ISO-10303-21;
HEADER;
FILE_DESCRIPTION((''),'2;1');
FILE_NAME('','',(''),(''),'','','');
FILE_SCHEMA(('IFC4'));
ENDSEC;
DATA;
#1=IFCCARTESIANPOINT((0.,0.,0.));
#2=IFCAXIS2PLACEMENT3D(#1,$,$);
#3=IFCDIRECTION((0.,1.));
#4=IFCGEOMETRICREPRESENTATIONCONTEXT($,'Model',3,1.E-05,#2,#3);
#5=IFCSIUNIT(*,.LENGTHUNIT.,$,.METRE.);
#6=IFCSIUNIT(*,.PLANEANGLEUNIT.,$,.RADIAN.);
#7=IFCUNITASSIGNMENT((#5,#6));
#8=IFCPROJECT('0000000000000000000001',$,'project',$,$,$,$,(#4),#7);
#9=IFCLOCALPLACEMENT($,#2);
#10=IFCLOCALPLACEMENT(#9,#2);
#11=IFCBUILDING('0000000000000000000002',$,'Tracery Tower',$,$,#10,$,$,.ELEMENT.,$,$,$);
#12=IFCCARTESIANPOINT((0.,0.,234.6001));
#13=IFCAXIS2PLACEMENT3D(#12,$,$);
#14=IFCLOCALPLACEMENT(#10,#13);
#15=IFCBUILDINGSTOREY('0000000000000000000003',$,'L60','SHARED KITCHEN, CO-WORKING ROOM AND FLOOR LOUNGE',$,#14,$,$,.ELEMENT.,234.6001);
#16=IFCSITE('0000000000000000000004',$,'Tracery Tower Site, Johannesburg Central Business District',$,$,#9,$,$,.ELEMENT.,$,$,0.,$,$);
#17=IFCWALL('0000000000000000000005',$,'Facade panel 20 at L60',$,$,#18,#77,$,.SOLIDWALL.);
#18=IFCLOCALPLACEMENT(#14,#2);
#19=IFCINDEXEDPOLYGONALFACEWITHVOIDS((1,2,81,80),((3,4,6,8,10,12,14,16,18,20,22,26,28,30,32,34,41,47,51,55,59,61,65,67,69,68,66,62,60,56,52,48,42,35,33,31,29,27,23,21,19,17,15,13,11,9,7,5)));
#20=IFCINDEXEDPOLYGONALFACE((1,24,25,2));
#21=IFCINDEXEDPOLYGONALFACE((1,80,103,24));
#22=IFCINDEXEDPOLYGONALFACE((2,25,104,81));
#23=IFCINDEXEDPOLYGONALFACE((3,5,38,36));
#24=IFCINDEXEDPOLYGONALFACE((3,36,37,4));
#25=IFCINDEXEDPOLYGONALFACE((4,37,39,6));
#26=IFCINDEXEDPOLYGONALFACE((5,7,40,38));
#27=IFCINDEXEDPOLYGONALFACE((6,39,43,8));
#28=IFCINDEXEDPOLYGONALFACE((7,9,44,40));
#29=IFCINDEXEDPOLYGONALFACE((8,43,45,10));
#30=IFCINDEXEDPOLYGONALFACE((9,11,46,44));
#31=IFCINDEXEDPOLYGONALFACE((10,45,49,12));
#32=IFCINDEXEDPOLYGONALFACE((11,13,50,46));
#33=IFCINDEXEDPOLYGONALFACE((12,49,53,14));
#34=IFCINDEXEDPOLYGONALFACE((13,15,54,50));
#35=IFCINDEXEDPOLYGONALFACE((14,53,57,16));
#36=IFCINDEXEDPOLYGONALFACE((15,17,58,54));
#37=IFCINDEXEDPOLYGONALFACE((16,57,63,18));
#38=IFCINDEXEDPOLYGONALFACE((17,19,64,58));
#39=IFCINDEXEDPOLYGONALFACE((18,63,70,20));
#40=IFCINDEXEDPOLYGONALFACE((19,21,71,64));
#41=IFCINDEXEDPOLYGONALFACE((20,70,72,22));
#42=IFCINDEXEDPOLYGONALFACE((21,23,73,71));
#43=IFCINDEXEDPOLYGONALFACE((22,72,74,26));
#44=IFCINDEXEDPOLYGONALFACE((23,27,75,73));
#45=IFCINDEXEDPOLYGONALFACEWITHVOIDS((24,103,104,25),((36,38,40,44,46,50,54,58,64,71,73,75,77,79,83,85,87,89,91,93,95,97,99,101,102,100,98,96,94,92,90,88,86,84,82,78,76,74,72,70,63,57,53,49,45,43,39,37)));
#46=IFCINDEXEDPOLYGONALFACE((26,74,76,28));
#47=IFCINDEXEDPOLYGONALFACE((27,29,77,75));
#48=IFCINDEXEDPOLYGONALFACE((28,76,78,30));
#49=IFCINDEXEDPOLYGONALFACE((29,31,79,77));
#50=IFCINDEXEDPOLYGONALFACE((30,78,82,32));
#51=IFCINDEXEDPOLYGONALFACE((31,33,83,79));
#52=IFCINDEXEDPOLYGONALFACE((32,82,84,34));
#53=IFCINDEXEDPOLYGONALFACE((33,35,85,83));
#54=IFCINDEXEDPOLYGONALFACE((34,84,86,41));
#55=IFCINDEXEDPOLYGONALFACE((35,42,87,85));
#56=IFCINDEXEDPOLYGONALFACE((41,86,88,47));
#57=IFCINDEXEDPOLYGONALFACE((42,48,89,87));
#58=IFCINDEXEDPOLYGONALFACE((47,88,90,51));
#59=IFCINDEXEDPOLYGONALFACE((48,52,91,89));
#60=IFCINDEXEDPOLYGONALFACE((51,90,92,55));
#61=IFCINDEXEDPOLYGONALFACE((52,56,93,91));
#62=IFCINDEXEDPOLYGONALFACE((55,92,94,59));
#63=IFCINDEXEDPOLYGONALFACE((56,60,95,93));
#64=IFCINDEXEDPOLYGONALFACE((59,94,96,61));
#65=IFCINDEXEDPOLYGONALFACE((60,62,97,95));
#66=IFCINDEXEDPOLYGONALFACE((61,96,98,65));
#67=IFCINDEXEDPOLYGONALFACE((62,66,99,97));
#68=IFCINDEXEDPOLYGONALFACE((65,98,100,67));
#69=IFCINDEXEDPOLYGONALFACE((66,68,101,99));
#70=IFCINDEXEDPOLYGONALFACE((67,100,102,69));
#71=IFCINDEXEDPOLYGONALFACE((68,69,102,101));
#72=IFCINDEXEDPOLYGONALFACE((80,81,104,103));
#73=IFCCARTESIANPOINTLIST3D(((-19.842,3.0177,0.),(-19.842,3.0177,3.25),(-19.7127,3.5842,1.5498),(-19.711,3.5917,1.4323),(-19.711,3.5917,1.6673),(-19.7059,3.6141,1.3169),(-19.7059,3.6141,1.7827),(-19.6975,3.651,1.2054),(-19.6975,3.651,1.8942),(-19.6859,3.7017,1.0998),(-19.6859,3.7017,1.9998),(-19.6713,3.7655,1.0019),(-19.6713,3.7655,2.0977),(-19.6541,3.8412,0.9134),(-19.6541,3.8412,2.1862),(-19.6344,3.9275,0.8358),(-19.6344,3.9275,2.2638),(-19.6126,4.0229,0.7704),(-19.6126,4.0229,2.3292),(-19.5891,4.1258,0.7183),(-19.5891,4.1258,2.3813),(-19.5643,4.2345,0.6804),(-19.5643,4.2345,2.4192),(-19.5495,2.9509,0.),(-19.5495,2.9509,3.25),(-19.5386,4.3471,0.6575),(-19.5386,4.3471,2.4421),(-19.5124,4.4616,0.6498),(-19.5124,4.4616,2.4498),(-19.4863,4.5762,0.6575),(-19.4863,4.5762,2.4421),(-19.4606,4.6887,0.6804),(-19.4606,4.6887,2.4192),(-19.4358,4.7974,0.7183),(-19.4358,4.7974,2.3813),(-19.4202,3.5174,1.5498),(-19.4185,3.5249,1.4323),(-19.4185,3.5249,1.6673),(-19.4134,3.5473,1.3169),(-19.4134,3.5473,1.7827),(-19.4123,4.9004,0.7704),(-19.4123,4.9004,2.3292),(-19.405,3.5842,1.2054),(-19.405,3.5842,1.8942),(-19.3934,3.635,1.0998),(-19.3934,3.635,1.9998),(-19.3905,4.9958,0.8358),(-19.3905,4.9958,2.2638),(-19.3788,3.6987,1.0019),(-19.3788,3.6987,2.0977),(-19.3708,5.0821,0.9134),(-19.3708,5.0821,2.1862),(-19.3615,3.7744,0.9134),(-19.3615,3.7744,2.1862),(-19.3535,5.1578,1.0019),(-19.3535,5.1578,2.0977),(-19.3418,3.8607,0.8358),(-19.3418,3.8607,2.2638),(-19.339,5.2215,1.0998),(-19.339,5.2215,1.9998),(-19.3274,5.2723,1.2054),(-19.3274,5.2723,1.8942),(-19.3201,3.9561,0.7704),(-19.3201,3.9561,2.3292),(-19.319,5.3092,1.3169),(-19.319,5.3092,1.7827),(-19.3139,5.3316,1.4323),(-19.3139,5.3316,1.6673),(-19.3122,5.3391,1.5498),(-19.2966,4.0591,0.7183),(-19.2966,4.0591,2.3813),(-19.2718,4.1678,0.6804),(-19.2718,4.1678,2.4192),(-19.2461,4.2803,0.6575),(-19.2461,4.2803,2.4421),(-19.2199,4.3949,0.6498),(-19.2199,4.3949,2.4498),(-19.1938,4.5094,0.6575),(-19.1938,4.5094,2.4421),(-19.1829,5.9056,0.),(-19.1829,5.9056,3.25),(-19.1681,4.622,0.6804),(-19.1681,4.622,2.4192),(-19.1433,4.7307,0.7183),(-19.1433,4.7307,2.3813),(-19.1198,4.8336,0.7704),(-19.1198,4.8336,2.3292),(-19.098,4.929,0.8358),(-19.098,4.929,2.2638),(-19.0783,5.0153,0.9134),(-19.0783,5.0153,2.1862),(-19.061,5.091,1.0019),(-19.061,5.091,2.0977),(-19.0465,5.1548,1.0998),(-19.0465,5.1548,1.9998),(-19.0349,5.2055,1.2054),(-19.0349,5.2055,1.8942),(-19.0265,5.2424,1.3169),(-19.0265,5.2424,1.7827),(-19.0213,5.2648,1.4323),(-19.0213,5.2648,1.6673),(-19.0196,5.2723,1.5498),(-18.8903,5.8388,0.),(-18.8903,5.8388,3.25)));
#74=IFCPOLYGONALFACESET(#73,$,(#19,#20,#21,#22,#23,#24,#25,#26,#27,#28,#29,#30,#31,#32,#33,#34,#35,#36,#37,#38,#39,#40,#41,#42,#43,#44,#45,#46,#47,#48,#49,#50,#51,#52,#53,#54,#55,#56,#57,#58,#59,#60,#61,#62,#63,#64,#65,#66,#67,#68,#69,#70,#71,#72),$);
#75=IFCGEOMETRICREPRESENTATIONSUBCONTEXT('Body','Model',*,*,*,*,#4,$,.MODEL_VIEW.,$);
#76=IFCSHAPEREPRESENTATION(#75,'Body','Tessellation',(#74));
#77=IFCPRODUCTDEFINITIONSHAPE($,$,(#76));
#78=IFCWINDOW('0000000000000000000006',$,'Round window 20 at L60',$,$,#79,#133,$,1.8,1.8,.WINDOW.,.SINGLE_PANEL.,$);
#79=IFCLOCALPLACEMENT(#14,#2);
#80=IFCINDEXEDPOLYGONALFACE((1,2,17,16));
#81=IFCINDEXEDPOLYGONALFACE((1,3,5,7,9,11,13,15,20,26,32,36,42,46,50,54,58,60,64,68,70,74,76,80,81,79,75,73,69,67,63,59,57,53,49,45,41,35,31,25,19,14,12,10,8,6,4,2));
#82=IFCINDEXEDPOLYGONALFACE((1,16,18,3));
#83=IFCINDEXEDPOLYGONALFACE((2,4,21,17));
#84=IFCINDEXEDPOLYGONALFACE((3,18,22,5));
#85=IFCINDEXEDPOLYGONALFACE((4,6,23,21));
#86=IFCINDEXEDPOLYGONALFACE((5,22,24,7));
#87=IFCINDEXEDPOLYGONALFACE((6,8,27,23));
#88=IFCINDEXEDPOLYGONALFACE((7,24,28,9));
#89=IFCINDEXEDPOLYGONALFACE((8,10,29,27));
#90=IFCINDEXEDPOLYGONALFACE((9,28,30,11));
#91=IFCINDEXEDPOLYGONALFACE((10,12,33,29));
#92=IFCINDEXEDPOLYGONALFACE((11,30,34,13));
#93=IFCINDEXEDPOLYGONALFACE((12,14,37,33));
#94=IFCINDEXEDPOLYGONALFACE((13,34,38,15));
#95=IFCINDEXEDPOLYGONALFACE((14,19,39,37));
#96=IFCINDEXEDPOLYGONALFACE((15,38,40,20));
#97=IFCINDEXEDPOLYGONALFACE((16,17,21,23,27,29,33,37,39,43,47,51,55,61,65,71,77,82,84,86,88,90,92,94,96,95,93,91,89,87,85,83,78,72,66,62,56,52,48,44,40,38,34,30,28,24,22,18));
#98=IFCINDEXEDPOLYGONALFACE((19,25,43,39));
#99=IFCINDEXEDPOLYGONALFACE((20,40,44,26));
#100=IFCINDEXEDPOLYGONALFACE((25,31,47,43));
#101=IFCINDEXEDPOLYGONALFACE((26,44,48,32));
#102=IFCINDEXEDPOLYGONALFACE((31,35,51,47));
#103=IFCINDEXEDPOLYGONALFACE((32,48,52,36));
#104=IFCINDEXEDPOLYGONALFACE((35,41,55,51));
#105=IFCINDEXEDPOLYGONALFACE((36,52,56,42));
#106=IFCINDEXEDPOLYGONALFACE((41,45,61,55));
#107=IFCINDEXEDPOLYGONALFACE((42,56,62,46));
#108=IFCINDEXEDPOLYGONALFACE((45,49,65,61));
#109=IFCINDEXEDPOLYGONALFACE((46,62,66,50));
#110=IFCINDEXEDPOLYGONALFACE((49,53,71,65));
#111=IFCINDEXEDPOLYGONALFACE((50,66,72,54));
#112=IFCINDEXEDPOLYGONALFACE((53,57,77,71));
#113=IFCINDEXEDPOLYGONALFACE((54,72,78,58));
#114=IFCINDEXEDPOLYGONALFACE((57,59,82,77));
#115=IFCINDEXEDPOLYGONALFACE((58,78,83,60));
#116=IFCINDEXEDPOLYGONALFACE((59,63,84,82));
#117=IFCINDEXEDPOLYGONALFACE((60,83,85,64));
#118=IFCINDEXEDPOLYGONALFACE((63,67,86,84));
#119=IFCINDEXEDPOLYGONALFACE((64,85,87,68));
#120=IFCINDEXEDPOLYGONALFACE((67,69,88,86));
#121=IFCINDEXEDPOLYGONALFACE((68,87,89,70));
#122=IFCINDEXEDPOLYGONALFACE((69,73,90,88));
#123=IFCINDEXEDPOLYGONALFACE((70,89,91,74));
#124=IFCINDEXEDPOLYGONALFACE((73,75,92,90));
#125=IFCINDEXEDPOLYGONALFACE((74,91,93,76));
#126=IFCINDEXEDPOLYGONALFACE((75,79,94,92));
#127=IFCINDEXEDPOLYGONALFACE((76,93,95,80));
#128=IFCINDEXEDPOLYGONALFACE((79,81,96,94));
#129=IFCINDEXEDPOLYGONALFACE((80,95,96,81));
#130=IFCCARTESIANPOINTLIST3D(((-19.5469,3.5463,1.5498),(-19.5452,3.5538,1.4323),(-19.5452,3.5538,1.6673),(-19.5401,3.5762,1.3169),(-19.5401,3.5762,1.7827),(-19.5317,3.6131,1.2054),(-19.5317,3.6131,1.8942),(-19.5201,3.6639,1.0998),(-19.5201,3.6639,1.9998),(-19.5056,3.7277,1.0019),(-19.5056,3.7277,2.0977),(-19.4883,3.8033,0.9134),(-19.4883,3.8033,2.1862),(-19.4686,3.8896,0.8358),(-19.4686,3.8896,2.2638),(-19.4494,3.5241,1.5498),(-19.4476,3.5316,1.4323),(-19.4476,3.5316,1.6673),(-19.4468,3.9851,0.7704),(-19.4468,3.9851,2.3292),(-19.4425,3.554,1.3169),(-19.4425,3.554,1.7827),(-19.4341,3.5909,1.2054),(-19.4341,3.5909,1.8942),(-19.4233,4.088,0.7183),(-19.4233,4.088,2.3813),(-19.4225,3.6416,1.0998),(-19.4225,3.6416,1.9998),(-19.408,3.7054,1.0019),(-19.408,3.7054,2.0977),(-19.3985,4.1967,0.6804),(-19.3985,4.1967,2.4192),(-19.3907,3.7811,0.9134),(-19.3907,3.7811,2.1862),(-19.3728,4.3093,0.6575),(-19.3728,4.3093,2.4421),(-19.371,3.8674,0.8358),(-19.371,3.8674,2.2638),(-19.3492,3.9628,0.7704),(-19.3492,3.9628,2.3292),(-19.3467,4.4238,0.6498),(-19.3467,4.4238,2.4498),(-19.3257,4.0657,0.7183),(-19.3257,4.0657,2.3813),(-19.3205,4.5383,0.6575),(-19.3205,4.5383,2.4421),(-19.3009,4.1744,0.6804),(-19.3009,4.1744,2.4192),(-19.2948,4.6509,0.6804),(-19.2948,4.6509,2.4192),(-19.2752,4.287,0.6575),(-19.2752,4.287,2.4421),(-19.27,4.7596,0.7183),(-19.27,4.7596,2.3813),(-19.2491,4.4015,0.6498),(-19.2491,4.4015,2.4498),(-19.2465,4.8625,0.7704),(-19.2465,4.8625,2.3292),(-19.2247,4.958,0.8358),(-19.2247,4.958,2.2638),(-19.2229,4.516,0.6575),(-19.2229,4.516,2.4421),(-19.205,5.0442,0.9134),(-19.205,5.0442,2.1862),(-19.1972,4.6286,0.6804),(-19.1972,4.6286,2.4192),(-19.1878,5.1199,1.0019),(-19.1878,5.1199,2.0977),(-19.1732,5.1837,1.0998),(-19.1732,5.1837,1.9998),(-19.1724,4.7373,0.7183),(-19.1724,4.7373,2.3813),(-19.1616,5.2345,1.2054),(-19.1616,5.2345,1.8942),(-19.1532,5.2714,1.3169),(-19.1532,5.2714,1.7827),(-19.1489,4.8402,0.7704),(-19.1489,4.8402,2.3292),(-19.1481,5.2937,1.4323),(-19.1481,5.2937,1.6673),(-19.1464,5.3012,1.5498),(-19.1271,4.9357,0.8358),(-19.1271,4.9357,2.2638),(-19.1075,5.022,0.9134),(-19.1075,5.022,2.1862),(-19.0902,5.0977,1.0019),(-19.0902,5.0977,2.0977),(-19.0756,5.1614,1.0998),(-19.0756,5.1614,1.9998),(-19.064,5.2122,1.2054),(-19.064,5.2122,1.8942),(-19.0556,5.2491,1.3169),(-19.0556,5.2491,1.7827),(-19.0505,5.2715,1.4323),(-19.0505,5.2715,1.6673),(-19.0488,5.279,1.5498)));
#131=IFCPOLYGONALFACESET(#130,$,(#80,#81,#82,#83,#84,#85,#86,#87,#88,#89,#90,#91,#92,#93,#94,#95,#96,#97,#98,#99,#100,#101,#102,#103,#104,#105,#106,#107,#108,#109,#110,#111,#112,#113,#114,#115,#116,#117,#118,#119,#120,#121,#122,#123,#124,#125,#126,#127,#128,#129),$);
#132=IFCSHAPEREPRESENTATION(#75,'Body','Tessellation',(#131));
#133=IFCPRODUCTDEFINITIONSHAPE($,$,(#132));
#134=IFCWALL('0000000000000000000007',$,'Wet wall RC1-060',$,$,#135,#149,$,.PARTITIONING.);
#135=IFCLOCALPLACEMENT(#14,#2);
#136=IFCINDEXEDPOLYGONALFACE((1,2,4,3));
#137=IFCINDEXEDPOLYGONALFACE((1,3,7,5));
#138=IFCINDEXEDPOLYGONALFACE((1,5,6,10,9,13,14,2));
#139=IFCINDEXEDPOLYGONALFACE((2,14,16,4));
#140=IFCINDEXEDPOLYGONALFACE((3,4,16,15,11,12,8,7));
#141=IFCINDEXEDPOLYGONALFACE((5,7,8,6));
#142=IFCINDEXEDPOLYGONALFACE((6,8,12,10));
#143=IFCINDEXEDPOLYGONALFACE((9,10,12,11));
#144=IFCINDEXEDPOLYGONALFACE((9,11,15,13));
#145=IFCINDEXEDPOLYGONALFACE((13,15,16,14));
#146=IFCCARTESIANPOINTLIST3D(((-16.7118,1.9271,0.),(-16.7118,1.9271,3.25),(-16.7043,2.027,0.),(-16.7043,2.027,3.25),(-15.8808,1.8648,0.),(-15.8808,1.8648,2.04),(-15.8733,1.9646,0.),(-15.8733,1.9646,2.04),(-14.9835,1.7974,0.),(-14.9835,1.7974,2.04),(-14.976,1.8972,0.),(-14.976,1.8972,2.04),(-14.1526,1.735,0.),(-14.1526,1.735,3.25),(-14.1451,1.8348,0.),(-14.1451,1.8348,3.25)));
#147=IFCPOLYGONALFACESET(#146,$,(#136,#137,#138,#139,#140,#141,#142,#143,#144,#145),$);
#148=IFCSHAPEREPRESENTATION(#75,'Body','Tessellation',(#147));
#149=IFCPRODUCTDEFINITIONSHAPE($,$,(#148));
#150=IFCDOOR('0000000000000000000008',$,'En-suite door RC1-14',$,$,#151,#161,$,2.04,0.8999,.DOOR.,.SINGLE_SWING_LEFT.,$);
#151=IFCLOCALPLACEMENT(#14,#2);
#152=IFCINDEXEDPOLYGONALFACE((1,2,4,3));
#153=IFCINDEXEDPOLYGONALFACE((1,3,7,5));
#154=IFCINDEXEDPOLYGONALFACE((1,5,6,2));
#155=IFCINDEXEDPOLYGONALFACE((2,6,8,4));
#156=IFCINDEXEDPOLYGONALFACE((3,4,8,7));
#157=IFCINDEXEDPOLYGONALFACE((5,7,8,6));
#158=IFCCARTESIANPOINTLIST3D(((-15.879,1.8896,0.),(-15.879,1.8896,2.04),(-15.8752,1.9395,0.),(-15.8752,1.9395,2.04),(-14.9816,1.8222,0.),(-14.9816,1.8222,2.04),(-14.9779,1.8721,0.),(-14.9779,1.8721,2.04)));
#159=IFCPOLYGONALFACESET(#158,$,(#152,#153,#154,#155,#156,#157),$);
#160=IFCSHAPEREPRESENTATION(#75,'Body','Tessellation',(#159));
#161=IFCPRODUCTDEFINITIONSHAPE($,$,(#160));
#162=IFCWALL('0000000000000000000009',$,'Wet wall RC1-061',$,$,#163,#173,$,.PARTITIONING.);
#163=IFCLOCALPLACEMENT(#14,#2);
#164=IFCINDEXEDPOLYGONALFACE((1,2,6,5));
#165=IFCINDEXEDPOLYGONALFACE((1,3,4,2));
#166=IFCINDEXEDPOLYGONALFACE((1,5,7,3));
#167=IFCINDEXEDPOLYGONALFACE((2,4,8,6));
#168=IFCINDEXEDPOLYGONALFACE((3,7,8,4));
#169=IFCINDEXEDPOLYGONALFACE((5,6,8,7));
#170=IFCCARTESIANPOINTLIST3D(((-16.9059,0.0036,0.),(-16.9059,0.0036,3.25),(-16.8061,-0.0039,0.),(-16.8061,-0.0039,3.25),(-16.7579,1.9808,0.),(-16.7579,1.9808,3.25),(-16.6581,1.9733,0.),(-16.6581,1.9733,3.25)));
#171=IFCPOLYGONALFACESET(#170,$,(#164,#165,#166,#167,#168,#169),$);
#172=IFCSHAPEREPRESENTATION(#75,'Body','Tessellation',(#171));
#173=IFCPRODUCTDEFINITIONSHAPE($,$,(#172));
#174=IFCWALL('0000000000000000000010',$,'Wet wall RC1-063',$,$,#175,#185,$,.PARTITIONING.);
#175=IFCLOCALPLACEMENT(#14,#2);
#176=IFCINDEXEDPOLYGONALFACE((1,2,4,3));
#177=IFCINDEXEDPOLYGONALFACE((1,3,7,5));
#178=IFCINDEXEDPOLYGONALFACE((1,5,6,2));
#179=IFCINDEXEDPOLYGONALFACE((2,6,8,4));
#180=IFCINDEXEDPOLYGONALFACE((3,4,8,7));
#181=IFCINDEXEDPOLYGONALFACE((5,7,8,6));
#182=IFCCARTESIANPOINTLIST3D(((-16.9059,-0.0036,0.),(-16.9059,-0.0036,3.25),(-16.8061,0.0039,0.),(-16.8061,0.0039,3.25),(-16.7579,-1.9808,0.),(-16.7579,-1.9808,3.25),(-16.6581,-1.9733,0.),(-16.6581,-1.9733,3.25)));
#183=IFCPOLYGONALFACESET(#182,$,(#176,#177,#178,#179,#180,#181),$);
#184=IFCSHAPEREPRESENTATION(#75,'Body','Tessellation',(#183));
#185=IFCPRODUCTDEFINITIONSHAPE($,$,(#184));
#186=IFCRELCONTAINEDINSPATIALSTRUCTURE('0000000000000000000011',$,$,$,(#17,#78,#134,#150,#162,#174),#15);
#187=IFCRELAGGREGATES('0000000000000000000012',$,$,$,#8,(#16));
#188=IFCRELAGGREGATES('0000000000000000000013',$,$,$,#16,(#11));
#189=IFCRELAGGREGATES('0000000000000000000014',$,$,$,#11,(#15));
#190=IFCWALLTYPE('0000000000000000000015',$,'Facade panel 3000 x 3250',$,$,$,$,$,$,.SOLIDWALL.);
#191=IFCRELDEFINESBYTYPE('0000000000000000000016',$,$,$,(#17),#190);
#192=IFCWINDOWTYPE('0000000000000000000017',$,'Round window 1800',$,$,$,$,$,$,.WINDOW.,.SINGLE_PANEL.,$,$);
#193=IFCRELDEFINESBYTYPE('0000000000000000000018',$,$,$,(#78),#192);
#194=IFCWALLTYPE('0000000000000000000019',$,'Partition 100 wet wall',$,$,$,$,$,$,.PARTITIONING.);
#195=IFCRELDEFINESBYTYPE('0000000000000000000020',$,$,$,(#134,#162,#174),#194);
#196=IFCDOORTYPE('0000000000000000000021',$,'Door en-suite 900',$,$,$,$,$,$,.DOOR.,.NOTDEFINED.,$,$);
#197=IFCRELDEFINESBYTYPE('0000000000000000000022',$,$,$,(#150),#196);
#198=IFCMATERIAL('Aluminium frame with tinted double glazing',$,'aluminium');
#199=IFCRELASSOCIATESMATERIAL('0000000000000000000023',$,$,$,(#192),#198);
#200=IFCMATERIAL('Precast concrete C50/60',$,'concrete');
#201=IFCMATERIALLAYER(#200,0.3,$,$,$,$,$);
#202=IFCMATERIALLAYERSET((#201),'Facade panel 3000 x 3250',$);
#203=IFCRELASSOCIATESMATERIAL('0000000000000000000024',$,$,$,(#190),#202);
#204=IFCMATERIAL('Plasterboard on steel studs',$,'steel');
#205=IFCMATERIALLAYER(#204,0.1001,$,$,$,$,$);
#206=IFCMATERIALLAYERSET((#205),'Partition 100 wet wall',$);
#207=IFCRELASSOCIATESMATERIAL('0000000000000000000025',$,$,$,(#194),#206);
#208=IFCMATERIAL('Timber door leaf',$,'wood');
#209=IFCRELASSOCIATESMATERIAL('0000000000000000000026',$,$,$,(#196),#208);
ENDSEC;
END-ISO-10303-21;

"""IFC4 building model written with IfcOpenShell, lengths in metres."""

from ifc_helpers import new_model, si_unit, direction, frame, frame_2d, origin, origin_2d, place, context, subcontext, project, spatial, rectangle, circle, extrude, material, layer, layer_set, type_object, element, fill, save


model = new_model("IFC4")

# Units and contexts
model_context = context("Model", 3, precision=1e-05, world=origin(), true_north=direction((0.0, 1.0)))
body_context = subcontext(model_context, "Body", "Model", "MODEL_VIEW")
ifc_project = project(units=[si_unit("LENGTHUNIT", "METRE"), si_unit("PLANEANGLEUNIT", "RADIAN")], contexts=[model_context])

# Site, building, storey
site_placement = place(None, origin())
site = spatial("IfcSite", under=ifc_project, at=site_placement, Name="Tracery Tower Site, Johannesburg Central Business District", CompositionType="ELEMENT", RefElevation=0.0)
building_placement = place(site_placement, origin())
building = spatial("IfcBuilding", under=site, at=building_placement, Name="Tracery Tower", CompositionType="ELEMENT")
storey_placement = place(building_placement, frame((0.0, 0.0, 234.6001)))
storey = spatial("IfcBuildingStorey", under=building, at=storey_placement, Name="L60", Description="SHARED KITCHEN, CO-WORKING ROOM AND FLOOR LOUNGE", CompositionType="ELEMENT", Elevation=234.6001)

# Wall, opening, window
ifc_material_1 = material(Name="Aluminium frame with tinted double glazing", Category="aluminium")
window_type = type_object("IfcWindowType", Name="Round window 1800", PartitioningType="SINGLE_PANEL", PredefinedType="WINDOW", material=ifc_material_1)
ifc_material_2 = material(Name="Precast concrete C50/60", Category="concrete")
ifc_layer_1 = layer(ifc_material_2, 0.3)
ifc_layer_set_1 = layer_set([ifc_layer_1], Name="Facade panel 3000 x 3250")
wall_type_1 = type_object("IfcWallType", Name="Facade panel 3000 x 3250", PredefinedType="SOLIDWALL", material=ifc_layer_set_1)
wall_1_placement = place(storey_placement, frame((-19.0366, 5.8721, 0.0), z_axis=(0.0, 0.0, 1.0), x_axis=(-0.222529, -0.974926, 0.0)))
wall_1 = element("IfcWall", 1, at=wall_1_placement, inside=storey, type_object=wall_type_1, Name="Facade panel 20 at L60", PredefinedType="SOLIDWALL", context=body_context, shape_type="SweptSolid", body=[
    extrude(rectangle(XDim=2.9622, YDim=0.3, at=frame_2d((1.481, 0.0))), origin(), (0.0, 0.0, 1.0), 3.25),
])
opening_1_placement = place(wall_1_placement, frame((1.481, 0.0, 1.5498)))
opening_1 = element("IfcOpeningElement", 2, at=opening_1_placement, cuts=wall_1, PredefinedType="OPENING", context=body_context, shape_type="SweptSolid", body=[
    extrude(circle(Radius=0.9, at=origin_2d()), frame((0.0, 0.1599, 0.0), z_axis=(0.0, -1.0, 0.0), x_axis=(1.0, 0.0, 0.0)), (0.0, 0.0, 1.0), 0.3201),
])
window_1_placement = place(opening_1_placement, origin())
window_1 = element("IfcWindow", 3, at=window_1_placement, inside=storey, type_object=window_type, Name="Round window 20 at L60", OverallHeight=1.8, OverallWidth=1.8, PartitioningType="SINGLE_PANEL", PredefinedType="WINDOW", context=body_context, shape_type="SweptSolid", body=[
    extrude(circle(Radius=0.9, at=origin_2d()), frame((0.0, 0.1201, 0.0), z_axis=(0.0, -1.0, 0.0), x_axis=(1.0, 0.0, 0.0)), (0.0, 0.0, 1.0), 0.1001),
])
fill(opening_1, window_1)

# Wall, opening, door
ifc_material_3 = material(Name="Plasterboard on steel studs", Category="steel")
ifc_layer_2 = layer(ifc_material_3, 0.1001)
ifc_layer_set_2 = layer_set([ifc_layer_2], Name="Partition 100 wet wall")
wall_type_2 = type_object("IfcWallType", Name="Partition 100 wet wall", PredefinedType="PARTITIONING", material=ifc_layer_set_2)
wall_2_placement = place(storey_placement, frame((-16.708, 1.9771, 0.0), z_axis=(0.0, 0.0, 1.0), x_axis=(0.997193, -0.07487, 0.0)))
wall_2 = element("IfcWall", 4, at=wall_2_placement, inside=storey, type_object=wall_type_2, Name="Wet wall RC1-060", PredefinedType="PARTITIONING", context=body_context, shape_type="SweptSolid", body=[
    extrude(rectangle(XDim=2.5664, YDim=0.1001, at=frame_2d((1.2832, 0.0))), origin(), (0.0, 0.0, 1.0), 3.25),
])
opening_2_placement = place(wall_2_placement, frame((0.8333, 0.0, 0.0)))
opening_2 = element("IfcOpeningElement", 5, at=opening_2_placement, cuts=wall_2, PredefinedType="OPENING", context=body_context, shape_type="SweptSolid", body=[
    extrude(rectangle(XDim=0.8999, YDim=2.04, at=frame_2d((0.45, 1.02))), frame((0.0, 0.05, 0.0), z_axis=(0.0, -1.0, 0.0), x_axis=(1.0, 0.0, 0.0)), (0.0, 0.0, 1.0), 0.1001),
])
ifc_material_4 = material(Name="Timber door leaf", Category="wood")
door_type = type_object("IfcDoorType", Name="Door en-suite 900", OperationType="NOTDEFINED", PredefinedType="DOOR", material=ifc_material_4)
door_placement = place(opening_2_placement, origin())
door = element("IfcDoor", 6, at=door_placement, inside=storey, type_object=door_type, Name="En-suite door RC1-14", OperationType="SINGLE_SWING_LEFT", OverallHeight=2.04, OverallWidth=0.8999, PredefinedType="DOOR", context=body_context, shape_type="SweptSolid", body=[
    extrude(rectangle(XDim=0.8999, YDim=2.04, at=frame_2d((0.45, 1.02))), frame((0.0, 0.0249, 0.0), z_axis=(0.0, -1.0, 0.0), x_axis=(1.0, 0.0, 0.0)), (0.0, 0.0, 1.0), 0.05),
])
fill(opening_2, door)

# Walls
for number, where, z_axis, x_axis, name in (
    (7, (-16.856, 0.0, 0.0), (0.0, 0.0, 1.0), (0.074625, 0.997212, 0.0), "Wet wall RC1-061"),
    (8, (-16.856, 0.0, 0.0), (0.0, 0.0, 1.0), (0.074625, -0.997212, 0.0), "Wet wall RC1-063"),
):
    element("IfcWall", number, at=place(storey_placement, frame(where, z_axis=z_axis, x_axis=x_axis)), inside=storey, type_object=wall_type_2, Name=name, PredefinedType="PARTITIONING", context=body_context, shape_type="SweptSolid", body=[
        extrude(rectangle(XDim=1.9827, YDim=0.1001, at=frame_2d((0.9912, 0.0))), origin(), (0.0, 0.0, 1.0), 3.25),
    ])

save(model, "model.ifc")
